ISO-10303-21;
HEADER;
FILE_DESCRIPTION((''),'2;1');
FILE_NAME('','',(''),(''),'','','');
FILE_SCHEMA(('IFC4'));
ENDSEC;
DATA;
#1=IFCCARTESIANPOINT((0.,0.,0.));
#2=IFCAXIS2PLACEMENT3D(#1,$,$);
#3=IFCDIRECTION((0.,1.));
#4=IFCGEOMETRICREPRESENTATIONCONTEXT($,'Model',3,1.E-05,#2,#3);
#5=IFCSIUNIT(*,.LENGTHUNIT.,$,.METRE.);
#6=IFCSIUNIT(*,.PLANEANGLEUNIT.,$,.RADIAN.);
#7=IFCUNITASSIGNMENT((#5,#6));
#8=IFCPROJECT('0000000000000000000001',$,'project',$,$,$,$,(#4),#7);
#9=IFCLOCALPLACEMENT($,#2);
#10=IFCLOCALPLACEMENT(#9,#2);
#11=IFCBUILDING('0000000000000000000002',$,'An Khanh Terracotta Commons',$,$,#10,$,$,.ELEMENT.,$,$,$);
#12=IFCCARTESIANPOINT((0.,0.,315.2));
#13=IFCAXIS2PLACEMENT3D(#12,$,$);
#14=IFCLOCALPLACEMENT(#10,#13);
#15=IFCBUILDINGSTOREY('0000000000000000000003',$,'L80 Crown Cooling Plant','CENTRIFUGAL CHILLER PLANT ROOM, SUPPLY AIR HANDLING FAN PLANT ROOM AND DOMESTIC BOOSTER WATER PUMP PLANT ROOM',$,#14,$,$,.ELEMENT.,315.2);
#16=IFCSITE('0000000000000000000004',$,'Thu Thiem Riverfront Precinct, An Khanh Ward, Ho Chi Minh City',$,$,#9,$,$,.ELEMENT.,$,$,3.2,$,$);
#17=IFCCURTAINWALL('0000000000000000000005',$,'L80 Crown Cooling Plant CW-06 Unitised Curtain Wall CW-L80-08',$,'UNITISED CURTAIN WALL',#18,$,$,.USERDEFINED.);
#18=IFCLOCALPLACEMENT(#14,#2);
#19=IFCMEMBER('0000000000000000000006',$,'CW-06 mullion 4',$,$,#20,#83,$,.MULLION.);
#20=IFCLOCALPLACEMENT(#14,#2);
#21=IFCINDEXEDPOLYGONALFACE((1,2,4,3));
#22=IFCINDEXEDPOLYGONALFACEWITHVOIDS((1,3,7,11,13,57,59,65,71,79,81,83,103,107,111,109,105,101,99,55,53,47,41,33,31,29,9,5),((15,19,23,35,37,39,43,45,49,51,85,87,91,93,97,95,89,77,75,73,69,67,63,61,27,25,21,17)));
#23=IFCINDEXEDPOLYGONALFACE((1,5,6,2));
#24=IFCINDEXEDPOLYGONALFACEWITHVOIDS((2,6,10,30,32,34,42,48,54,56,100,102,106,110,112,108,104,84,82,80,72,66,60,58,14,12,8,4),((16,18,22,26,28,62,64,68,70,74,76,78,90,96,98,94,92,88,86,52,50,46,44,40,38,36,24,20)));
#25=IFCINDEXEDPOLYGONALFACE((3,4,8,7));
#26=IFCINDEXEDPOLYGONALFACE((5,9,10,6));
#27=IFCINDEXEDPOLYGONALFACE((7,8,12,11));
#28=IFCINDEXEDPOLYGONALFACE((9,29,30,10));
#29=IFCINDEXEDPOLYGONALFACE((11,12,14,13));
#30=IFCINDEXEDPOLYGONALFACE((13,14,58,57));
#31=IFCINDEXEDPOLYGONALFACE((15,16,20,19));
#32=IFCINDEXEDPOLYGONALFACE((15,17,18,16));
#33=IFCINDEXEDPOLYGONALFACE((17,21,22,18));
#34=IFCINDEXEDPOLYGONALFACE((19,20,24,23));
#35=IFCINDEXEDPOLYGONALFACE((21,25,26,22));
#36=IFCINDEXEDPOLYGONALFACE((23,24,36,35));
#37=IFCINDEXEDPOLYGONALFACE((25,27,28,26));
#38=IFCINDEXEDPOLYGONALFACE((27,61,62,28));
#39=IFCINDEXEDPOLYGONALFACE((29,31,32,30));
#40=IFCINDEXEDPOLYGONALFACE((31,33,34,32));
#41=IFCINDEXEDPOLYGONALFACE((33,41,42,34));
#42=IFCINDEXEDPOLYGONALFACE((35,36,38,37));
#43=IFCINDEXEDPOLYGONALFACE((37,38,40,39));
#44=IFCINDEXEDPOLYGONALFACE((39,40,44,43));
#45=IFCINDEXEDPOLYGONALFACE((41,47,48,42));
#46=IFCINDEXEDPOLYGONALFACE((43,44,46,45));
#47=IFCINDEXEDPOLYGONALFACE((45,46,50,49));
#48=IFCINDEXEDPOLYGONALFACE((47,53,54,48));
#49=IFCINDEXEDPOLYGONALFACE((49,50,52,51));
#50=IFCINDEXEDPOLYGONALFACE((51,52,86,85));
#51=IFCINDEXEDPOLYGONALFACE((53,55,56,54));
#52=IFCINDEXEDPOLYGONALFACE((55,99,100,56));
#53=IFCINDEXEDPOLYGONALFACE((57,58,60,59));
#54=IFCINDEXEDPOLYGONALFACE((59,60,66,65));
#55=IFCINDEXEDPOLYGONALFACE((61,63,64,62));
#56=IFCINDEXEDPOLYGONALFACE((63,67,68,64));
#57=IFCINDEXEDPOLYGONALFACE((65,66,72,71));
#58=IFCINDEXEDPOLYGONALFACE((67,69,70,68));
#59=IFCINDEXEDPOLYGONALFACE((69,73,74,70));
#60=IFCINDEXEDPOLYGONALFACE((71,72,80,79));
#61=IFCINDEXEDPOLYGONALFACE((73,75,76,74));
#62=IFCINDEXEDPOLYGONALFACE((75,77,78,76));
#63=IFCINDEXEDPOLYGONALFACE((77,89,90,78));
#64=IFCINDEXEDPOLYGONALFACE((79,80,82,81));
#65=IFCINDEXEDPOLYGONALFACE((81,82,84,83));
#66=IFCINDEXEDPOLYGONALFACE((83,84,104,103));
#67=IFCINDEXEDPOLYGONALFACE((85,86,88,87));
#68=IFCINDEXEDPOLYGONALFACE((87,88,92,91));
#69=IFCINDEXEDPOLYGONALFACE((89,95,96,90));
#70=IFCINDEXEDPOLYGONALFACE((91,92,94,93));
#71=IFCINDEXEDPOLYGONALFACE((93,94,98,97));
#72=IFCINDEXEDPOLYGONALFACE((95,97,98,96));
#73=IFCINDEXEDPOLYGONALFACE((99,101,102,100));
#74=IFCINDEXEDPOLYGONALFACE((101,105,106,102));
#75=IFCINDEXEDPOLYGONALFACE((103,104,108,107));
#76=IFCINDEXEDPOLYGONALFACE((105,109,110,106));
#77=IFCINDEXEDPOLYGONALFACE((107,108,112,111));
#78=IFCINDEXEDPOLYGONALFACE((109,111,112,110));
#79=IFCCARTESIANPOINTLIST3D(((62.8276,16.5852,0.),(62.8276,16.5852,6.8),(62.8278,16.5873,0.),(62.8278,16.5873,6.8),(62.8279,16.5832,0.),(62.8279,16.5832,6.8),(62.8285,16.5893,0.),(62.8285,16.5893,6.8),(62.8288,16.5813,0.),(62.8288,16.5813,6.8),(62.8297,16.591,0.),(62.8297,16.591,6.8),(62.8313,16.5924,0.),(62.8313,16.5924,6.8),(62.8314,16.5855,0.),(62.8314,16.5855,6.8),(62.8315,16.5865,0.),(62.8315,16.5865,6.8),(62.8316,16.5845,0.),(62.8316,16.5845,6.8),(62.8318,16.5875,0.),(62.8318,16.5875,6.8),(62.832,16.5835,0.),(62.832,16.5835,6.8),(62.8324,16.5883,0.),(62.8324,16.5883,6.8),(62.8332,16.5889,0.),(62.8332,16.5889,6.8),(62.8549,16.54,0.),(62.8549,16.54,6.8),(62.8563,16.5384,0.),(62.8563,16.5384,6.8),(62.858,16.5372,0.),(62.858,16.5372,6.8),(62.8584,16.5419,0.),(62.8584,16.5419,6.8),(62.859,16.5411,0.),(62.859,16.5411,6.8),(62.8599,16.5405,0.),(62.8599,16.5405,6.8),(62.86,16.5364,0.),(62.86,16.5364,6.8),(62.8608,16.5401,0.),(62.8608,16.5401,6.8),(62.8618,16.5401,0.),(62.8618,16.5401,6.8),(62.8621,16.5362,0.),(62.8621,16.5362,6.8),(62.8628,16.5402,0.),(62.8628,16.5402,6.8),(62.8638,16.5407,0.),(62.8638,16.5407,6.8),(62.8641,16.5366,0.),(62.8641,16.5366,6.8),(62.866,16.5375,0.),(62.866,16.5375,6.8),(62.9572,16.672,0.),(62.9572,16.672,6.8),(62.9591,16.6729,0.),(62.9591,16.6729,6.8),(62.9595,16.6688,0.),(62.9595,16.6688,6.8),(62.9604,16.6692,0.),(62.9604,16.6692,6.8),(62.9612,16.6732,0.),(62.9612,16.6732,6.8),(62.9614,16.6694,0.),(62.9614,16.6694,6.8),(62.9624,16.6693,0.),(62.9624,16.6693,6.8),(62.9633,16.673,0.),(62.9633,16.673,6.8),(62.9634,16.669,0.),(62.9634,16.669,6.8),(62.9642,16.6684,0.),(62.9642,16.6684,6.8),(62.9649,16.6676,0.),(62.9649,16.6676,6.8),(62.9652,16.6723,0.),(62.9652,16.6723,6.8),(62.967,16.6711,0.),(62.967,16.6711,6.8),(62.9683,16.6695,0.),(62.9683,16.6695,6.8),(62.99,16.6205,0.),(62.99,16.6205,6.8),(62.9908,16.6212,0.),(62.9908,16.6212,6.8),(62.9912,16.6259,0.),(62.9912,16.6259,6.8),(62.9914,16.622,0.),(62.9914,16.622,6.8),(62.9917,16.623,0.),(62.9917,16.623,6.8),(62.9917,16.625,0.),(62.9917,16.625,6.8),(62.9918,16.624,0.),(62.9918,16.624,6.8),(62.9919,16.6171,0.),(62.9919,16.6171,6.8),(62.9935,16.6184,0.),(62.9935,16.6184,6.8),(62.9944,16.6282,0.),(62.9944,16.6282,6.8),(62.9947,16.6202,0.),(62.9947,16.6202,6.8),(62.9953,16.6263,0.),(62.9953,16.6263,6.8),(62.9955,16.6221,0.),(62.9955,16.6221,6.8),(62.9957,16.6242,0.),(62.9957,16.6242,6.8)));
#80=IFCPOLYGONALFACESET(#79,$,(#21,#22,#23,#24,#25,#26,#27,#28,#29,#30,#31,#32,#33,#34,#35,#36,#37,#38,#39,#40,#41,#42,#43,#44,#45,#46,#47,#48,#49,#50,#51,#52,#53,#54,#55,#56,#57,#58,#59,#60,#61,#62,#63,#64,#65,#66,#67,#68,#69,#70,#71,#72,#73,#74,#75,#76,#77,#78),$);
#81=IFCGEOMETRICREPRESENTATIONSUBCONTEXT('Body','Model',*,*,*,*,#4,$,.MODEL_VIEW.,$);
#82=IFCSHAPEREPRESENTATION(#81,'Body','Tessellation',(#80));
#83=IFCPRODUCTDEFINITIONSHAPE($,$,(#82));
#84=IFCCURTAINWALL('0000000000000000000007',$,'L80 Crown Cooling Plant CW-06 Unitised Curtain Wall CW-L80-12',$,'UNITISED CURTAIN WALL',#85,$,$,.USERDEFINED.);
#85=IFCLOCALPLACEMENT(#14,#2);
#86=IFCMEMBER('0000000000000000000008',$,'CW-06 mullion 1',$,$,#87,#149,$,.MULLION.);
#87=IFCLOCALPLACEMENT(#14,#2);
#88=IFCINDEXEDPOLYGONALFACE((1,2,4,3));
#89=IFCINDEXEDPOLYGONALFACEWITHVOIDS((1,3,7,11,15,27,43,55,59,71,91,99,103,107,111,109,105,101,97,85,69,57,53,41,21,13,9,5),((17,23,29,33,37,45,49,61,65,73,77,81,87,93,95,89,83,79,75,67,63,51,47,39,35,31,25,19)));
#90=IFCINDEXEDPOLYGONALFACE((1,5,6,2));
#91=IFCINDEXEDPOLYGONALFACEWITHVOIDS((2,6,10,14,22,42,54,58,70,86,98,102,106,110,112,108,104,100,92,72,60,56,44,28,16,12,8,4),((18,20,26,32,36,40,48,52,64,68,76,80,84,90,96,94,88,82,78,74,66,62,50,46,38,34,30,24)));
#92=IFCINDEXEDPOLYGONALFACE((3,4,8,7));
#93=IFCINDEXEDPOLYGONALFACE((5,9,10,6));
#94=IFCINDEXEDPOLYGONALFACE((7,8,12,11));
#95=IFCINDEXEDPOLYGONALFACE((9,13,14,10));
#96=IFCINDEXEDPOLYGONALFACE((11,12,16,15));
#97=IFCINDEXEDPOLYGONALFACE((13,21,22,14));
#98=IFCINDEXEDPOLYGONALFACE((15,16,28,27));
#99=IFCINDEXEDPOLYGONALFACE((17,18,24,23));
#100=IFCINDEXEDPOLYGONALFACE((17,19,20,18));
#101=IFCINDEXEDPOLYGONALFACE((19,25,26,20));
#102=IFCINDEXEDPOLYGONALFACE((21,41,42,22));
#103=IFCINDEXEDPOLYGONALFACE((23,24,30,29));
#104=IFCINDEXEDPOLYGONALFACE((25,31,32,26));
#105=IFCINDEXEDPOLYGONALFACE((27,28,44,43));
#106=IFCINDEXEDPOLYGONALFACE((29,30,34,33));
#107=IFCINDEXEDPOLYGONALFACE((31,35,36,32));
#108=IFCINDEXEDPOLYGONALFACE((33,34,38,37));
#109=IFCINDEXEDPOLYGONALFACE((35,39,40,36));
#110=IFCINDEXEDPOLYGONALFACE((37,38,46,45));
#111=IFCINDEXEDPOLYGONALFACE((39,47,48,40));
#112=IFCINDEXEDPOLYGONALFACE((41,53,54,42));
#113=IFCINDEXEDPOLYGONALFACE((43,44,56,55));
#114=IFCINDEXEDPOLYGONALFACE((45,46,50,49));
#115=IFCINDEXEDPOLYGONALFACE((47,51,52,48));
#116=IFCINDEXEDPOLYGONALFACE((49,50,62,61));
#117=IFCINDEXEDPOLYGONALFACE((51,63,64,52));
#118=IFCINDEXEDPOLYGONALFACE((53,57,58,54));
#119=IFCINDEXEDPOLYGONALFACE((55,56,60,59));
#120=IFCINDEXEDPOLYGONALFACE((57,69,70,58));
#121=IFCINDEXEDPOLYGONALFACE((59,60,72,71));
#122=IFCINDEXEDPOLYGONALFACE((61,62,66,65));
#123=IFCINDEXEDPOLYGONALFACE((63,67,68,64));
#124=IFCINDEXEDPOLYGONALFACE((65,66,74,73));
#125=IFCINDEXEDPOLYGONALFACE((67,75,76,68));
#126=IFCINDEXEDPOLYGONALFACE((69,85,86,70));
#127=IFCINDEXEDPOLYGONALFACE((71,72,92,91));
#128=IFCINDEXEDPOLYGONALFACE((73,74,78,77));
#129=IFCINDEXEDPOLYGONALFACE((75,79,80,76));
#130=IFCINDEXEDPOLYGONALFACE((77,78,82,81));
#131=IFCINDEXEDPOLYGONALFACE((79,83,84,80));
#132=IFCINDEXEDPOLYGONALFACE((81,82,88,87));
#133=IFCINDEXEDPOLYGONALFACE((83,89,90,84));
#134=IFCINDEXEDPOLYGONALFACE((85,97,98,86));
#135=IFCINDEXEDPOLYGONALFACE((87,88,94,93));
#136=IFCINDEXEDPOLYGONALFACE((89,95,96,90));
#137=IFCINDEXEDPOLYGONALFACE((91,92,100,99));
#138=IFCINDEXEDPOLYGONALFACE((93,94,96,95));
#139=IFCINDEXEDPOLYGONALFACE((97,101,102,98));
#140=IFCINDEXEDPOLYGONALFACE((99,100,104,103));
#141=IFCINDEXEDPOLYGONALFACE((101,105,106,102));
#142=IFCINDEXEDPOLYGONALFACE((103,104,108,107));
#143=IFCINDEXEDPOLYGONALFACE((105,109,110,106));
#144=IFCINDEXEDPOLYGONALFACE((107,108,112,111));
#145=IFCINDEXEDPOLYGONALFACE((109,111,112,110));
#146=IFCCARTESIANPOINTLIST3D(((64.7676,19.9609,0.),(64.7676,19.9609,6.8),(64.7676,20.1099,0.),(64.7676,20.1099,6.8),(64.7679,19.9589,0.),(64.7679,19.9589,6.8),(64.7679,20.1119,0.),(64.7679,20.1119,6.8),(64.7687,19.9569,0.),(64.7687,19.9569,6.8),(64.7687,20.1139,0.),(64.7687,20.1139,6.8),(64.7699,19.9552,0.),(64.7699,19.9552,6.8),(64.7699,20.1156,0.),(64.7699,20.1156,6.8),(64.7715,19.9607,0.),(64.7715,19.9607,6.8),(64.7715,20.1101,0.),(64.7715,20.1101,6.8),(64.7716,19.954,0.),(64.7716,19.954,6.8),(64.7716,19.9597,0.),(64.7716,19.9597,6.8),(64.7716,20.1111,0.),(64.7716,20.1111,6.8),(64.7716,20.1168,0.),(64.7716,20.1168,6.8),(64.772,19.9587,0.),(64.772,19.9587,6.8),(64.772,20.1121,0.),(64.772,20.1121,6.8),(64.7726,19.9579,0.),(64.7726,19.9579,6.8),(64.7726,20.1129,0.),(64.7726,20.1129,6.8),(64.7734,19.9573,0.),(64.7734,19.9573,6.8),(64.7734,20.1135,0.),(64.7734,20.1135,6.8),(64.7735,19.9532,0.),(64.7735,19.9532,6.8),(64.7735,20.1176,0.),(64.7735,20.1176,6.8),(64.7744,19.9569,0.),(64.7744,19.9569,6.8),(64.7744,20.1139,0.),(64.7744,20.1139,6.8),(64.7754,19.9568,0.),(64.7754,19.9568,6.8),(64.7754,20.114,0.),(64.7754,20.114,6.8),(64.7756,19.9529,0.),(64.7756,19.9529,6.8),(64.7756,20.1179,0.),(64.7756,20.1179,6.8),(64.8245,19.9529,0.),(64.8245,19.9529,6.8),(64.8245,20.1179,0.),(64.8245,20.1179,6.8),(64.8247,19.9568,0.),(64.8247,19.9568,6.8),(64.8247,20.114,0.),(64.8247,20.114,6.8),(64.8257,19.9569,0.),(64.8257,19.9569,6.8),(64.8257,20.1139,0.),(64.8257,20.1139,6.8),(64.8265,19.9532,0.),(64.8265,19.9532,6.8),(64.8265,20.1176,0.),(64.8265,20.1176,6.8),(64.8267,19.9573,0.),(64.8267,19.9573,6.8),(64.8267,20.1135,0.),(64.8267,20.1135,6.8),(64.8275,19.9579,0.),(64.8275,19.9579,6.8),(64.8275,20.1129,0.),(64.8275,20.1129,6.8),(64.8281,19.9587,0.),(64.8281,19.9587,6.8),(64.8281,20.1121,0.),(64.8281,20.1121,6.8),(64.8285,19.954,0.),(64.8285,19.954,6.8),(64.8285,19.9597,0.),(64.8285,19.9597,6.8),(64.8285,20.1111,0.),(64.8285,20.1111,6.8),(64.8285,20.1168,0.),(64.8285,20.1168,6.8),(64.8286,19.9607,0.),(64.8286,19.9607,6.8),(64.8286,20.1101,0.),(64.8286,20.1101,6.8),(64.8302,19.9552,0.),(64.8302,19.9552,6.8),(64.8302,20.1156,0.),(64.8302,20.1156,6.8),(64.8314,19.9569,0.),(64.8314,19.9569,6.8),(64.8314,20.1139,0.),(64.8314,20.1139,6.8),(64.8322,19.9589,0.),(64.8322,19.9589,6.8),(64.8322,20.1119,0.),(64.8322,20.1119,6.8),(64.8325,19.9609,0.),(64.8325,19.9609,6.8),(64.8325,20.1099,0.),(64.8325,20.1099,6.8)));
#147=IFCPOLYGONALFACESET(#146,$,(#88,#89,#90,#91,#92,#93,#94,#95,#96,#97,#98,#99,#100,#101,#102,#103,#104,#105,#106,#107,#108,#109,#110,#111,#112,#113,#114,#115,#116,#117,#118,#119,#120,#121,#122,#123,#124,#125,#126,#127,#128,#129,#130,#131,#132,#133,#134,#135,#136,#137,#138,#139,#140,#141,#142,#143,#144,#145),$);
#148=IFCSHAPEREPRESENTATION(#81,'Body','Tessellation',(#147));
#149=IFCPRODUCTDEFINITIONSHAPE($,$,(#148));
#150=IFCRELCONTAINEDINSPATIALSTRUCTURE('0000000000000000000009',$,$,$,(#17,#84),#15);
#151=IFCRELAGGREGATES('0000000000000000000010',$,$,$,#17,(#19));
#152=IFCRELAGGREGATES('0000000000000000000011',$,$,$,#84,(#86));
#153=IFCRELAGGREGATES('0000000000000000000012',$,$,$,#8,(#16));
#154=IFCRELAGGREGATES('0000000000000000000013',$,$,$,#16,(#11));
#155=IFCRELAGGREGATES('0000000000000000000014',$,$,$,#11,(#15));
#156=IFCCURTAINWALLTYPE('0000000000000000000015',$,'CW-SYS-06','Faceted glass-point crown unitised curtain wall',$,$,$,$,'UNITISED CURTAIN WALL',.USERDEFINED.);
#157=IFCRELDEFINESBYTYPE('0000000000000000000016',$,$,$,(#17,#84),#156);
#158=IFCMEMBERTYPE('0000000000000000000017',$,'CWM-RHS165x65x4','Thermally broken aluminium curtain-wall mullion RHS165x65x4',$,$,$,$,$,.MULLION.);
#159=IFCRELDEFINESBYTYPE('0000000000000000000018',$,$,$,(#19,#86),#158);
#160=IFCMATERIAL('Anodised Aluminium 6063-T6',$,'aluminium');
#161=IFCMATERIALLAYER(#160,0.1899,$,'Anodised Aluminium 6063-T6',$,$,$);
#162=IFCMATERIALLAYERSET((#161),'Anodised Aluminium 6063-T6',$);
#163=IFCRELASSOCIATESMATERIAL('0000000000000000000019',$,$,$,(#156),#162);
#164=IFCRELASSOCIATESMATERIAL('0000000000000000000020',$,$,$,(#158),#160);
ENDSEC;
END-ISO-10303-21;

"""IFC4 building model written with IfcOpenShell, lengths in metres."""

from ifc_helpers import new_model, si_unit, direction, frame, origin, origin_2d, place, context, subcontext, project, spatial, hollow_rectangle, extrude, material, layer, layer_set, material_profile, profile_set, type_object, element, aggregate, save


model = new_model("IFC4")

# Units and contexts
model_context = context("Model", 3, precision=1e-05, world=origin(), true_north=direction((0.0, 1.0)))
body_context = subcontext(model_context, "Body", "Model", "MODEL_VIEW")
ifc_project = project(units=[si_unit("LENGTHUNIT", "METRE"), si_unit("PLANEANGLEUNIT", "RADIAN")], contexts=[model_context])

# Site, building, storey
site_placement = place(None, origin())
site = spatial("IfcSite", under=ifc_project, at=site_placement, Name="Thu Thiem Riverfront Precinct, An Khanh Ward, Ho Chi Minh City", CompositionType="ELEMENT", RefElevation=3.2)
building_placement = place(site_placement, origin())
building = spatial("IfcBuilding", under=site, at=building_placement, Name="An Khanh Terracotta Commons", CompositionType="ELEMENT")
storey_placement = place(building_placement, frame((0.0, 0.0, 315.2)))
storey = spatial("IfcBuildingStorey", under=building, at=storey_placement, Name="L80 Crown Cooling Plant", Description="CENTRIFUGAL CHILLER PLANT ROOM, SUPPLY AIR HANDLING FAN PLANT ROOM AND DOMESTIC BOOSTER WATER PUMP PLANT ROOM", CompositionType="ELEMENT", Elevation=315.2)

# Curtain wall, member
ifc_material_1 = material(Name="Anodised Aluminium 6063-T6", Category="aluminium")
ifc_layer_1 = layer(ifc_material_1, 0.1899, Name="Anodised Aluminium 6063-T6")
ifc_layer_set_1 = layer_set([ifc_layer_1], Name="Anodised Aluminium 6063-T6")
curtain_wall_type = type_object("IfcCurtainWallType", Name="CW-SYS-06", Description="Faceted glass-point crown unitised curtain wall", ElementType="UNITISED CURTAIN WALL", PredefinedType="USERDEFINED", material=ifc_layer_set_1)
curtain_wall_1_placement = place(storey_placement, origin())
curtain_wall_1 = element("IfcCurtainWall", 1, at=curtain_wall_1_placement, inside=storey, type_object=curtain_wall_type, Name="L80 Crown Cooling Plant CW-06 Unitised Curtain Wall CW-L80-08", ObjectType="UNITISED CURTAIN WALL", PredefinedType="USERDEFINED")
ifc_material_profile_1 = material_profile(ifc_material_1, hollow_rectangle(XDim=0.0649, YDim=0.165, WallThickness=0.0039, InnerFilletRadius=0.0039, OuterFilletRadius=0.0081, at=origin_2d()), Name="RHS165x65x4")
ifc_profile_set_1 = profile_set([ifc_material_profile_1], Name="Anodised Aluminium 6063-T6")
member_type_1 = type_object("IfcMemberType", Name="CWM-RHS165x65x4", Description="Thermally broken aluminium curtain-wall mullion RHS165x65x4", PredefinedType="MULLION", material=ifc_profile_set_1)
member_1_placement = place(storey_placement, frame((62.9116, 16.6047, 0.0), z_axis=(0.0, 0.0, 1.0), x_axis=(-0.534587, 0.845114, 0.0)))
member_1 = element("IfcMember", 2, at=member_1_placement, type_object=member_type_1, Name="CW-06 mullion 4", PredefinedType="MULLION", context=body_context, shape_type="SweptSolid", body=[
    extrude(hollow_rectangle(XDim=0.0649, YDim=0.165, WallThickness=0.0039, InnerFilletRadius=0.0039, OuterFilletRadius=0.0081, at=origin_2d()), origin(), (0.0, 0.0, 1.0), 6.8),
])
aggregate(curtain_wall_1, [member_1])

# Curtain wall, member
curtain_wall_2_placement = place(storey_placement, origin())
curtain_wall_2 = element("IfcCurtainWall", 3, at=curtain_wall_2_placement, inside=storey, type_object=curtain_wall_type, Name="L80 Crown Cooling Plant CW-06 Unitised Curtain Wall CW-L80-12", ObjectType="UNITISED CURTAIN WALL", PredefinedType="USERDEFINED")
member_2_placement = place(storey_placement, frame((64.8, 20.0354, 0.0), z_axis=(0.0, 0.0, 1.0), x_axis=(-1.0, 0.0, 0.0)))
member_2 = element("IfcMember", 4, at=member_2_placement, type_object=member_type_1, Name="CW-06 mullion 1", PredefinedType="MULLION", context=body_context, shape_type="SweptSolid", body=[
    extrude(hollow_rectangle(XDim=0.0649, YDim=0.165, WallThickness=0.0039, InnerFilletRadius=0.0039, OuterFilletRadius=0.0081, at=origin_2d()), origin(), (0.0, 0.0, 1.0), 6.8),
])

aggregate(curtain_wall_2, [member_2])

save(model, "model.ifc")
